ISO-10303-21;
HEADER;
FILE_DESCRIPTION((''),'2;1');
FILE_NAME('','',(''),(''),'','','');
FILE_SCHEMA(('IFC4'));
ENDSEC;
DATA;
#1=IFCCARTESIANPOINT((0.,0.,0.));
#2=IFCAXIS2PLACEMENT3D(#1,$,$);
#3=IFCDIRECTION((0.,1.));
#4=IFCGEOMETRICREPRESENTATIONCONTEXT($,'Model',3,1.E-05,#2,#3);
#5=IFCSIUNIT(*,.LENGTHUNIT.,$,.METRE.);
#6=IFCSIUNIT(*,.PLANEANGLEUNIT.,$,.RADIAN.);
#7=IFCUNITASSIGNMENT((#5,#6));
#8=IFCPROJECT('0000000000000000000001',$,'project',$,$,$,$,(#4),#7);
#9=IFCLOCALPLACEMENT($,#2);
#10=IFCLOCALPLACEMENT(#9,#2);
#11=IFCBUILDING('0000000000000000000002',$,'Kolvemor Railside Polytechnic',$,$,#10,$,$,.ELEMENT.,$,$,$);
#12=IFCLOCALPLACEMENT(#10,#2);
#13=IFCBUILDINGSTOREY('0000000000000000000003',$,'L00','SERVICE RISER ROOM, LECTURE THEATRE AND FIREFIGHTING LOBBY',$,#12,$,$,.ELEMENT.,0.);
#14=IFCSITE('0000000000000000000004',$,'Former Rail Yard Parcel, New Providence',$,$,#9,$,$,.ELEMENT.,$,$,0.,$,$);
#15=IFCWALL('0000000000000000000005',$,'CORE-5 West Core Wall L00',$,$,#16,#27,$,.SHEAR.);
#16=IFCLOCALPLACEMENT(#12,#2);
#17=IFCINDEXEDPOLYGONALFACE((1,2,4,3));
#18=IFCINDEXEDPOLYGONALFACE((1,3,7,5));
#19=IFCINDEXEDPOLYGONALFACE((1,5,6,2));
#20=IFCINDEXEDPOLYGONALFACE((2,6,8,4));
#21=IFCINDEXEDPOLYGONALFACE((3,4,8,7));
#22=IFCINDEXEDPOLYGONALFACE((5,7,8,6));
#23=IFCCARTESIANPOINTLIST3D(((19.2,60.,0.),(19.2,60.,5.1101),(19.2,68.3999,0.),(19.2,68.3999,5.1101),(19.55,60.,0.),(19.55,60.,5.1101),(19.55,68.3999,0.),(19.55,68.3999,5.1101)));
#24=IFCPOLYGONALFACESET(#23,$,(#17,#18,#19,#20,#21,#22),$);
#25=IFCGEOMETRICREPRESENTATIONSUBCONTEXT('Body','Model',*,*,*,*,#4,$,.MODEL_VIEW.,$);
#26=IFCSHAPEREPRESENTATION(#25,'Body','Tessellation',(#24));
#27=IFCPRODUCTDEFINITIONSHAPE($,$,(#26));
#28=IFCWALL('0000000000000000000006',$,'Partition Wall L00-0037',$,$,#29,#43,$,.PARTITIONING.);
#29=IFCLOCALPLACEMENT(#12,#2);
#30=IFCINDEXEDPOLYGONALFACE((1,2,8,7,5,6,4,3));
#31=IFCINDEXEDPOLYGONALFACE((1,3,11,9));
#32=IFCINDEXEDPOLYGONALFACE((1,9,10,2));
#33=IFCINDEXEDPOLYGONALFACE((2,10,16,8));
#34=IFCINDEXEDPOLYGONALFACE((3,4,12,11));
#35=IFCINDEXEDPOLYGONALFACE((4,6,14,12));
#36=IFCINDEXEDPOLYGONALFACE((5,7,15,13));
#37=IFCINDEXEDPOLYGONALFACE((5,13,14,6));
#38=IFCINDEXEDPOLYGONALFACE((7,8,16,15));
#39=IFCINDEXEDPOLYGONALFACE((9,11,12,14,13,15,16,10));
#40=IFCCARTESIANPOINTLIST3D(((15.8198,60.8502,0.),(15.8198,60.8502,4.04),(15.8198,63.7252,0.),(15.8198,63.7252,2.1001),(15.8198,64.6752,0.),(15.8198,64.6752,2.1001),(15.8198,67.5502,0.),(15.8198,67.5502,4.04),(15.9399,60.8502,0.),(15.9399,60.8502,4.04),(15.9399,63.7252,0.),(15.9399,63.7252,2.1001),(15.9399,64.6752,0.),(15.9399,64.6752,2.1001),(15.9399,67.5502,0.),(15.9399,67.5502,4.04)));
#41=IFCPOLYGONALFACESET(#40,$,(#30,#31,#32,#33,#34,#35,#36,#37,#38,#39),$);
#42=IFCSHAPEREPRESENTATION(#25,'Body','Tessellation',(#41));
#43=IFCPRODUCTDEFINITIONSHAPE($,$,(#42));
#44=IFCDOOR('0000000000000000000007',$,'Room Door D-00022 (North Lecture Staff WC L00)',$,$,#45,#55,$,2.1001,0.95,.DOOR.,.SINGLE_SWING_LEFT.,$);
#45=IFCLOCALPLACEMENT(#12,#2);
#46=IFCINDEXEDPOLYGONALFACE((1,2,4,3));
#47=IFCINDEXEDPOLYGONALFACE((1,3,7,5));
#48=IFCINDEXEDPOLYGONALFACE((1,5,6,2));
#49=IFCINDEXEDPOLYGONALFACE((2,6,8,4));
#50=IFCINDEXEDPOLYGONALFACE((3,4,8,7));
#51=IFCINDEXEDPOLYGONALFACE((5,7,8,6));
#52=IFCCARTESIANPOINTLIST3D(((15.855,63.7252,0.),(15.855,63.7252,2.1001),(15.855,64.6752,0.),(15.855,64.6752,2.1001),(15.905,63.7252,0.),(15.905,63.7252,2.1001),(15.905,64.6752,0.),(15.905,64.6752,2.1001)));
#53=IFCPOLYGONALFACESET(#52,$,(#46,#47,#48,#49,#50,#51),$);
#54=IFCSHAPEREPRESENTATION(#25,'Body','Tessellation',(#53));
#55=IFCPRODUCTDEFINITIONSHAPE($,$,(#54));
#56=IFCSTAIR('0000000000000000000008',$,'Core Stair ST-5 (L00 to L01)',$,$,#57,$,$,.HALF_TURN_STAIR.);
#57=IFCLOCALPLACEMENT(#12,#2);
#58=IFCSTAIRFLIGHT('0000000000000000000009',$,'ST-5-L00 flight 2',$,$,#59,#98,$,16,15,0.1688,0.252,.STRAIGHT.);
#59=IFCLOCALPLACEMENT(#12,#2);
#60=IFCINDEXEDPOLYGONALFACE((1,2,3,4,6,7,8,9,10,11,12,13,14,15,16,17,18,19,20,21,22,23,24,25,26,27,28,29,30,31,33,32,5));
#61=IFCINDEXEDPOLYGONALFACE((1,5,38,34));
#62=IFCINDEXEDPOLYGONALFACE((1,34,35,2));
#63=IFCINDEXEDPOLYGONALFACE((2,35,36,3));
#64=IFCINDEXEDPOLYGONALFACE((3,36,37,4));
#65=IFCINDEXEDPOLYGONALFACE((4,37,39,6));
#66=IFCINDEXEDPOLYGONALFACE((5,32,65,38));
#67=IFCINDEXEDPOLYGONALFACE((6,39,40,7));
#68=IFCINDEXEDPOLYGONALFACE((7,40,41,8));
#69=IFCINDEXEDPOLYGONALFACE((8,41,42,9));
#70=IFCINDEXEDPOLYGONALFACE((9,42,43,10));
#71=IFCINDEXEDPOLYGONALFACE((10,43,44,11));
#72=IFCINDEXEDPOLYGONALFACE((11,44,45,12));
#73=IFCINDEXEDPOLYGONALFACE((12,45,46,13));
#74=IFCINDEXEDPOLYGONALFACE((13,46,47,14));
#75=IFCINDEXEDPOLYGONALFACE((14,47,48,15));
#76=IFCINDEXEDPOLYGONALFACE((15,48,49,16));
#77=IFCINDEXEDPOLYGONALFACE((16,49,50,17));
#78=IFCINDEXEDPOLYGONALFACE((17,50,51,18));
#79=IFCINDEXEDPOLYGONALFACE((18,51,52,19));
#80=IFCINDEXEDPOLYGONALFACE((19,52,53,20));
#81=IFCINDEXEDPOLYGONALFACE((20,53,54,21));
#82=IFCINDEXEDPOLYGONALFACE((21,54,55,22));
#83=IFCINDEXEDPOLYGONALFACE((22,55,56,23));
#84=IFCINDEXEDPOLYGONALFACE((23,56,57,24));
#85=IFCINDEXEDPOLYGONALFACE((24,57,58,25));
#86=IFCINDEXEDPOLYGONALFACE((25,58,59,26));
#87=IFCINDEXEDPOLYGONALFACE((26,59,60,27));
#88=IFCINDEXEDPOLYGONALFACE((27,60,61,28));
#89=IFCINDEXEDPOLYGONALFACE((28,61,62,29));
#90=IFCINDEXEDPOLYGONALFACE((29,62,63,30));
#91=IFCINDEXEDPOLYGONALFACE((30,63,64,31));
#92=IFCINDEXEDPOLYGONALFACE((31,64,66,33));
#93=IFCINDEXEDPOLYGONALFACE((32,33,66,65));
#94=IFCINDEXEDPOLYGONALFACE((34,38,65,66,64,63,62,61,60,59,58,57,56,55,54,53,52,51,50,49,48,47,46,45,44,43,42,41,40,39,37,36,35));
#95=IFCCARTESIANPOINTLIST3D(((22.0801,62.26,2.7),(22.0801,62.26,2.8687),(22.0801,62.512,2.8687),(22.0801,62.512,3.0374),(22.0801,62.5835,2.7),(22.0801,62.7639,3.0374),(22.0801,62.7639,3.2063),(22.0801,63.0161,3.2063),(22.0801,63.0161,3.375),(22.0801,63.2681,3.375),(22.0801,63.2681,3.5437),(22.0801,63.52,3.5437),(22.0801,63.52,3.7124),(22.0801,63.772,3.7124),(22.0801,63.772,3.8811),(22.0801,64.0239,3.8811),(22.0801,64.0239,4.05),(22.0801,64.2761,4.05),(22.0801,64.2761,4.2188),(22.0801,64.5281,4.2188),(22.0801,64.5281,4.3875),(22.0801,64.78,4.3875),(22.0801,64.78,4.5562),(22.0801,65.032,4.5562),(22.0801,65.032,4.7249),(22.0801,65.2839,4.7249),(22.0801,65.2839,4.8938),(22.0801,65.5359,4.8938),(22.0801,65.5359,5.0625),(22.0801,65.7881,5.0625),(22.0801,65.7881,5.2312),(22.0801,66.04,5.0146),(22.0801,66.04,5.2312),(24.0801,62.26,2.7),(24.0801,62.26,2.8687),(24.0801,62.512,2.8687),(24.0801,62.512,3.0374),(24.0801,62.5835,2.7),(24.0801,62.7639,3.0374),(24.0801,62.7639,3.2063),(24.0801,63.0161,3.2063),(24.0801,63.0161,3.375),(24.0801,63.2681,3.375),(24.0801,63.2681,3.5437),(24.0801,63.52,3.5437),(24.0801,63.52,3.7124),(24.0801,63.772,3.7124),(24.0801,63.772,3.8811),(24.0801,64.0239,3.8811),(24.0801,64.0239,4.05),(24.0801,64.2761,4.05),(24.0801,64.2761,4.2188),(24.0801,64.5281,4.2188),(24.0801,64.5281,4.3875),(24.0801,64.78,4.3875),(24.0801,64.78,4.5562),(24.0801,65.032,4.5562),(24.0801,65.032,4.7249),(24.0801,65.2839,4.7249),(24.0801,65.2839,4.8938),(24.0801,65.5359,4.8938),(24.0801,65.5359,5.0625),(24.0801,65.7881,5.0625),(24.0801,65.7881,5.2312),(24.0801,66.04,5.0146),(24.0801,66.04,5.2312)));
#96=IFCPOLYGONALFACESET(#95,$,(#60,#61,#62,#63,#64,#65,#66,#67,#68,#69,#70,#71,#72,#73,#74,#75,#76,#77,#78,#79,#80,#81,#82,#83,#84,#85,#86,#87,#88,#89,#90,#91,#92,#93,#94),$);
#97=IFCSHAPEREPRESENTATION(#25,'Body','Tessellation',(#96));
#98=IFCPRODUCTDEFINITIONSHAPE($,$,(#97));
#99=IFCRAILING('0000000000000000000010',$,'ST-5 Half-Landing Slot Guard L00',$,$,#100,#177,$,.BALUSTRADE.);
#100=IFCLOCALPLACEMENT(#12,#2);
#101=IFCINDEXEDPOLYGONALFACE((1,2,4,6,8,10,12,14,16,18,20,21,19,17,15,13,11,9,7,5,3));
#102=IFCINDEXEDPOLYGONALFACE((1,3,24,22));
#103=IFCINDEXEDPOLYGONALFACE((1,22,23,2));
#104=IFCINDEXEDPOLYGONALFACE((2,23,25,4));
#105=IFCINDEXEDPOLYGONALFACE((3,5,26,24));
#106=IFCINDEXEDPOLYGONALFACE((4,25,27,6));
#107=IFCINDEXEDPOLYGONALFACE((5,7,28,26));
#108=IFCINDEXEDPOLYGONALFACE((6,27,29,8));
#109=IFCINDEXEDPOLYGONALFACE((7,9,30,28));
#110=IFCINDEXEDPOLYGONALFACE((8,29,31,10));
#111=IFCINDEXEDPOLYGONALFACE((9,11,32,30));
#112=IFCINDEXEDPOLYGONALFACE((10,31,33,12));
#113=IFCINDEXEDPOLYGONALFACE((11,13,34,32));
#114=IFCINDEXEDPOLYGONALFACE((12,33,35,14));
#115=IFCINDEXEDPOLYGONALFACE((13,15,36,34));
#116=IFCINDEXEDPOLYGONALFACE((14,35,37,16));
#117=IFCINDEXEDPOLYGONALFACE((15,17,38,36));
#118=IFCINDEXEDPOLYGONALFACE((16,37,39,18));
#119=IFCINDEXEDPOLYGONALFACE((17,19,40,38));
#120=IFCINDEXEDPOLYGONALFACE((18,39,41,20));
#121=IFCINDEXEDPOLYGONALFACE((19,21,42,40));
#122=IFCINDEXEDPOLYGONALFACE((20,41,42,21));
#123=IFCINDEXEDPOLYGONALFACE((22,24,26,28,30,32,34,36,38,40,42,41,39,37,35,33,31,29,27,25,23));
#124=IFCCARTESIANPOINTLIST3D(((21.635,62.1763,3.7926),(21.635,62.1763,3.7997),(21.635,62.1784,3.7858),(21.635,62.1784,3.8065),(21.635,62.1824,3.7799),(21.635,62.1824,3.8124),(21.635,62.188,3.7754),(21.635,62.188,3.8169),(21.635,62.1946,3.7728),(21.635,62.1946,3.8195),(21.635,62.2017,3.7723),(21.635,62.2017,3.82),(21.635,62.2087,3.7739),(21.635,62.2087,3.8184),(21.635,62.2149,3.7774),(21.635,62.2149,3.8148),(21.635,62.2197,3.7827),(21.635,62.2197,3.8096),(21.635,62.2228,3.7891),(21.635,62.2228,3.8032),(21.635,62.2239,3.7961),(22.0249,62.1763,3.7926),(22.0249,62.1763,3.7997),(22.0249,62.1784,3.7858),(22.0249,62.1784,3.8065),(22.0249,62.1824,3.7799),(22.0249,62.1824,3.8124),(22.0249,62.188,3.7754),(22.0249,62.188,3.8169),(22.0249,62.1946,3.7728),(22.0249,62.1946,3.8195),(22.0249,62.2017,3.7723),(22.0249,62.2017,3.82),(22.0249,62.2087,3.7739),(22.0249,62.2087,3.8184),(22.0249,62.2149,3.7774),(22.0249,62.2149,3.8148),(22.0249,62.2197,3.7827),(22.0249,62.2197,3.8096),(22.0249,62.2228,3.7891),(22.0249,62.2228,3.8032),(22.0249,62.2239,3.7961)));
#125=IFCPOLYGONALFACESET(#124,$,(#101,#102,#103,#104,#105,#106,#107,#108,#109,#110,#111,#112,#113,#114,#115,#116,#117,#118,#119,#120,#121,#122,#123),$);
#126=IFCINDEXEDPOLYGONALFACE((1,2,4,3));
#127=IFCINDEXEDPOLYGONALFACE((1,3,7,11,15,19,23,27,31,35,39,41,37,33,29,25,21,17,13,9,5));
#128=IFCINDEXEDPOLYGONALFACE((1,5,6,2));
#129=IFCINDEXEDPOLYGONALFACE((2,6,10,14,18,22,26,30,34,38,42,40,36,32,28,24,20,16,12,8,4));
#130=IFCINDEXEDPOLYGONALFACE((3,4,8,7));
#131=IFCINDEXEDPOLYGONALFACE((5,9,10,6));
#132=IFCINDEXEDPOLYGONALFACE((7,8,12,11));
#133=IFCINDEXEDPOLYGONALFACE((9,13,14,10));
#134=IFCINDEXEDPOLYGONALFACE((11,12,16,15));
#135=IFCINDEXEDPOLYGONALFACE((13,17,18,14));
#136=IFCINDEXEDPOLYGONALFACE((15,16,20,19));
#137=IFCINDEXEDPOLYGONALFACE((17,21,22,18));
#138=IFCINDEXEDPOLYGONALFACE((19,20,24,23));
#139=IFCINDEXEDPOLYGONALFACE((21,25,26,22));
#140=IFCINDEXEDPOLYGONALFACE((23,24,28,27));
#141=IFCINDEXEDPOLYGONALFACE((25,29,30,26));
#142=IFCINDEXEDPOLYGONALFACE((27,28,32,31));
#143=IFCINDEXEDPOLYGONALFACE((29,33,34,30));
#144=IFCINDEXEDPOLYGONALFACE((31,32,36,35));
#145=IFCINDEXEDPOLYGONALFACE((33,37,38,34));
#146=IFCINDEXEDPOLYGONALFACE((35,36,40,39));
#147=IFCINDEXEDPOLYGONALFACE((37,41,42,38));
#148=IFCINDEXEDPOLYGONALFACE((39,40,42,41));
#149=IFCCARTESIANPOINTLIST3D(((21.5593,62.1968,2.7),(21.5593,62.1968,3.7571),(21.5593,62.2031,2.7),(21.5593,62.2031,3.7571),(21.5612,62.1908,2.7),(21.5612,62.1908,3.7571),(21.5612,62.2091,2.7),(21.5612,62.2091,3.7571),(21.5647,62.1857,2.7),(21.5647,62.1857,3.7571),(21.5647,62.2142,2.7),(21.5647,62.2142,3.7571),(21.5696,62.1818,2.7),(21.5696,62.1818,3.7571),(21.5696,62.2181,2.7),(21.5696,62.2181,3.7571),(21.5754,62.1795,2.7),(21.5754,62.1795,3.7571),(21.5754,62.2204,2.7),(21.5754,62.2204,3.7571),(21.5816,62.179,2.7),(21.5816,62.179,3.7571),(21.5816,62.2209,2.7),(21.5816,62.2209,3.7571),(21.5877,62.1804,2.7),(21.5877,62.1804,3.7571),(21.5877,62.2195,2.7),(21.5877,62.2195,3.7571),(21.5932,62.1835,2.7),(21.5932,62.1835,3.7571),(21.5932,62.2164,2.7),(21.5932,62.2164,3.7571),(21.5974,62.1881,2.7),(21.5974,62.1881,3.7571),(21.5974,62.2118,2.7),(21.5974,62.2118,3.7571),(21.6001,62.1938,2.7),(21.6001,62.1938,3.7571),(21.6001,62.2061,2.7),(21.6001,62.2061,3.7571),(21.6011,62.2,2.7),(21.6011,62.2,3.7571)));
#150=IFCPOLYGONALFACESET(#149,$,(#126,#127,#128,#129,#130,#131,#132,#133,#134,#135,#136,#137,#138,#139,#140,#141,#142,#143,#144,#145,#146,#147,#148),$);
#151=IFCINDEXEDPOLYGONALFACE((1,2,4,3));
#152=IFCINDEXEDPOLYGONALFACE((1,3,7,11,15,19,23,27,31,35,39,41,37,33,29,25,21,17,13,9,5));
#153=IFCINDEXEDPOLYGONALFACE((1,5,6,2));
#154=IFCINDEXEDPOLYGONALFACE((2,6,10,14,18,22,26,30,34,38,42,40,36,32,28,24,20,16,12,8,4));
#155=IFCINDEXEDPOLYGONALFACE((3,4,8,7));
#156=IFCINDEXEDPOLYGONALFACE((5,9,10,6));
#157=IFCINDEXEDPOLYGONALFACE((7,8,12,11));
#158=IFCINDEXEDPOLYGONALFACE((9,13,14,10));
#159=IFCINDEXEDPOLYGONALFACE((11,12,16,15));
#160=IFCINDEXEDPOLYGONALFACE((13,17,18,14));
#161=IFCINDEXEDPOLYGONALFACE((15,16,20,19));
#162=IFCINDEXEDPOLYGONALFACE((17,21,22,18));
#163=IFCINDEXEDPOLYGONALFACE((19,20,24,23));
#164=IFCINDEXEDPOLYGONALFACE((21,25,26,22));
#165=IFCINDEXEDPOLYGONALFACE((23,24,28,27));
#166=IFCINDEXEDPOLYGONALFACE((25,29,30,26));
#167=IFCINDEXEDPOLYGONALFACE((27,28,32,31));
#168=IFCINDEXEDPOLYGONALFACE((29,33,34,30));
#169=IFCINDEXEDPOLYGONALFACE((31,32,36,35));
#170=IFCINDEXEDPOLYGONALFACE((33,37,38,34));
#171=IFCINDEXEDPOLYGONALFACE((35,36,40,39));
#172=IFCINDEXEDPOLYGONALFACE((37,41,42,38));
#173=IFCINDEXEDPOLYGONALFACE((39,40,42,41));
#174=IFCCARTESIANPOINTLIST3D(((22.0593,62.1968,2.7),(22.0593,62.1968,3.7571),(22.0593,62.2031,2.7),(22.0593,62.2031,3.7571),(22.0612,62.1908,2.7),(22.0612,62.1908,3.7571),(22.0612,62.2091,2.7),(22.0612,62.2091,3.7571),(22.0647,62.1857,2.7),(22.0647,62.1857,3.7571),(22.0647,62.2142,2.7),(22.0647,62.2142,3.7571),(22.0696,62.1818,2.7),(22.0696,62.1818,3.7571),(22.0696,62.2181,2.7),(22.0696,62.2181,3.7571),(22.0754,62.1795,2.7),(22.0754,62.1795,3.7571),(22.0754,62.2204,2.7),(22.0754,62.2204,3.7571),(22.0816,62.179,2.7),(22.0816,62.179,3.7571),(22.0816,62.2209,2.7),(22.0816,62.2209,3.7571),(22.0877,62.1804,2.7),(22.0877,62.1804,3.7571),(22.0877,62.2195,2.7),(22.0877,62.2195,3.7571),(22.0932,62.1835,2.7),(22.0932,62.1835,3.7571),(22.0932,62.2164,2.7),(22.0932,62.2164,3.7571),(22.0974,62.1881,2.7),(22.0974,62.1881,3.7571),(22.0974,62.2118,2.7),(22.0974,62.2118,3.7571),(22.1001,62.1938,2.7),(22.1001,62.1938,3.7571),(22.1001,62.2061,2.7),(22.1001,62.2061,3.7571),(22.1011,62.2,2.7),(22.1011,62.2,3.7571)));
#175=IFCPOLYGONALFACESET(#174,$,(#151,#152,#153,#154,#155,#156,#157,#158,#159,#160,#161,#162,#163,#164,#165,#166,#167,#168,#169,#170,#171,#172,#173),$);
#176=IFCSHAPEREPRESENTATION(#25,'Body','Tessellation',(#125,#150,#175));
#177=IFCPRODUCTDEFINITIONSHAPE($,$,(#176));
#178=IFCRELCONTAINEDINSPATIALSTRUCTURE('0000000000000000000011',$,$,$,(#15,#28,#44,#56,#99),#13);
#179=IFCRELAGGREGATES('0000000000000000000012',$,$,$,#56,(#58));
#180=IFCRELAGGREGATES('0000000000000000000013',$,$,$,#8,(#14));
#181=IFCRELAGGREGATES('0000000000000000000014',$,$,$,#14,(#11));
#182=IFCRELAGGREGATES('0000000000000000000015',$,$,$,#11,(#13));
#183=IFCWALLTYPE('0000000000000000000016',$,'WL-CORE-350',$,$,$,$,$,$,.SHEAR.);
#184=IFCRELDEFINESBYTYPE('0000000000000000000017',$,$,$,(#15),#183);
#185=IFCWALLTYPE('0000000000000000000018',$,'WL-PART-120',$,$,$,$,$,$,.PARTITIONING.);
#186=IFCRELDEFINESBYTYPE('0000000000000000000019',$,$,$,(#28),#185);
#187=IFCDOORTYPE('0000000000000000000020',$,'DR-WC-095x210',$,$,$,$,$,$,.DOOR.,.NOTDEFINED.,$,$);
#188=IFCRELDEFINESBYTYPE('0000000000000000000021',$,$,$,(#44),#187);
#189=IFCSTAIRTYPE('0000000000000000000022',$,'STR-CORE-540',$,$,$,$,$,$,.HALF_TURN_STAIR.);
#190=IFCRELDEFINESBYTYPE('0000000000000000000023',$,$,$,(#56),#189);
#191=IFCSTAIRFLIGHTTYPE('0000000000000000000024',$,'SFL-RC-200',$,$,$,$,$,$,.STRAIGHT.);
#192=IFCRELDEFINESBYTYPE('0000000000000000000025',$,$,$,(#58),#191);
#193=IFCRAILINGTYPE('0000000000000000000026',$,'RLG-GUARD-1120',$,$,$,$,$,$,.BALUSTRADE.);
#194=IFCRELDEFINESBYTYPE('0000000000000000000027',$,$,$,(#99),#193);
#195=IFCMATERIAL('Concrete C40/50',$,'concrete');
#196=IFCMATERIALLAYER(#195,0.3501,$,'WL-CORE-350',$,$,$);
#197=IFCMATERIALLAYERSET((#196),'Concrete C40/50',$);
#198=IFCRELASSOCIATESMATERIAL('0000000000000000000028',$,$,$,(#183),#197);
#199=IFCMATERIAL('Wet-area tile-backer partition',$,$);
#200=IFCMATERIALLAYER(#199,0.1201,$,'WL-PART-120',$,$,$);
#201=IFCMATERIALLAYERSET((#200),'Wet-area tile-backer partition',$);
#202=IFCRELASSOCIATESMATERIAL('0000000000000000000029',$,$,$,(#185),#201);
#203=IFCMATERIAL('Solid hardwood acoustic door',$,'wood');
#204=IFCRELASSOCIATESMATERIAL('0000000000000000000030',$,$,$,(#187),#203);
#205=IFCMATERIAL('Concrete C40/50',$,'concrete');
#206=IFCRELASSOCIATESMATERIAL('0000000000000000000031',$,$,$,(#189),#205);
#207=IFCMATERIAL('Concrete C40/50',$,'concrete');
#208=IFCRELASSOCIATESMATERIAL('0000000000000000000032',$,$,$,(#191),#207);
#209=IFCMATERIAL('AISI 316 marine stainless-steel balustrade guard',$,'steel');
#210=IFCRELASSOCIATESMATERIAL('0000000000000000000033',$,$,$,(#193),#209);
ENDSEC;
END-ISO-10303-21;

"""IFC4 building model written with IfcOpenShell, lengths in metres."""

from ifc_helpers import new_model, si_unit, direction, frame, frame_2d, origin, origin_2d, place, context, subcontext, project, spatial, polyline, rectangle, circle, outline, extrude, material, layer, layer_set, type_object, element, fill, aggregate, save


model = new_model("IFC4")

# Units and contexts
model_context = context("Model", 3, precision=1e-05, world=origin(), true_north=direction((0.0, 1.0)))
body_context = subcontext(model_context, "Body", "Model", "MODEL_VIEW")
ifc_project = project(units=[si_unit("LENGTHUNIT", "METRE"), si_unit("PLANEANGLEUNIT", "RADIAN")], contexts=[model_context])

# Site, building, storey
site_placement = place(None, origin())
site = spatial("IfcSite", under=ifc_project, at=site_placement, Name="Former Rail Yard Parcel, New Providence", CompositionType="ELEMENT", RefElevation=0.0)
building_placement = place(site_placement, origin())
building = spatial("IfcBuilding", under=site, at=building_placement, Name="Kolvemor Railside Polytechnic", CompositionType="ELEMENT")
storey_placement = place(building_placement, origin())
storey = spatial("IfcBuildingStorey", under=building, at=storey_placement, Name="L00", Description="SERVICE RISER ROOM, LECTURE THEATRE AND FIREFIGHTING LOBBY", CompositionType="ELEMENT", Elevation=0.0)

# Wall
ifc_material_1 = material(Name="Concrete C40/50", Category="concrete")
ifc_layer_1 = layer(ifc_material_1, 0.3501, Name="WL-CORE-350")
ifc_layer_set_1 = layer_set([ifc_layer_1], Name="Concrete C40/50")
wall_type_1 = type_object("IfcWallType", Name="WL-CORE-350", PredefinedType="SHEAR", material=ifc_layer_set_1)
wall_1_placement = place(storey_placement, frame((19.375, 60.0, 0.0), z_axis=(0.0, 0.0, 1.0), x_axis=(0.0, 1.0, 0.0)))
element("IfcWall", 1, at=wall_1_placement, inside=storey, type_object=wall_type_1, Name="CORE-5 West Core Wall L00", PredefinedType="SHEAR", context=body_context, shape_type="SweptSolid", body=[
    extrude(rectangle(XDim=8.3999, YDim=0.3501, at=frame_2d((4.2, 0.0))), origin(), (0.0, 0.0, 1.0), 5.1101),
])

# Wall, opening, door
ifc_material_2 = material(Name="Wet-area tile-backer partition")
ifc_layer_2 = layer(ifc_material_2, 0.1201, Name="WL-PART-120")
ifc_layer_set_2 = layer_set([ifc_layer_2], Name="Wet-area tile-backer partition")
wall_type_2 = type_object("IfcWallType", Name="WL-PART-120", PredefinedType="PARTITIONING", material=ifc_layer_set_2)
wall_2_placement = place(storey_placement, frame((15.8799, 60.8501, 0.0), z_axis=(0.0, 0.0, 1.0), x_axis=(0.0, 1.0, 0.0)))
wall_2 = element("IfcWall", 2, at=wall_2_placement, inside=storey, type_object=wall_type_2, Name="Partition Wall L00-0037", PredefinedType="PARTITIONING", context=body_context, shape_type="SweptSolid", body=[
    extrude(rectangle(XDim=6.7, YDim=0.1201, at=frame_2d((3.3501, 0.0))), origin(), (0.0, 0.0, 1.0), 4.04),
])
opening_1_placement = place(wall_2_placement, frame((2.875, 0.0, 0.0)))
opening_1 = element("IfcOpeningElement", 3, at=opening_1_placement, cuts=wall_2, PredefinedType="OPENING", context=body_context, shape_type="SweptSolid", body=[
    extrude(rectangle(XDim=0.95, YDim=2.1001, at=frame_2d((0.4751, 1.05))), frame((0.0, 0.0701, 0.0), z_axis=(0.0, -1.0, 0.0), x_axis=(1.0, 0.0, 0.0)), (0.0, 0.0, 1.0), 0.1401),
])
ifc_material_3 = material(Name="Solid hardwood acoustic door", Category="wood")
door_type_1 = type_object("IfcDoorType", Name="DR-WC-095x210", OperationType="NOTDEFINED", PredefinedType="DOOR", material=ifc_material_3)
door_1_placement = place(opening_1_placement, origin())
door_1 = element("IfcDoor", 4, at=door_1_placement, inside=storey, type_object=door_type_1, Name="Room Door D-00022 (North Lecture Staff WC L00)", OperationType="SINGLE_SWING_LEFT", OverallHeight=2.1001, OverallWidth=0.95, PredefinedType="DOOR", context=body_context, shape_type="SweptSolid", body=[
    extrude(rectangle(XDim=0.95, YDim=2.1001, at=frame_2d((0.4751, 1.05))), frame((0.0, 0.0249, 0.0), z_axis=(0.0, -1.0, 0.0), x_axis=(1.0, 0.0, 0.0)), (0.0, 0.0, 1.0), 0.05),
])
fill(opening_1, door_1)

# Stair, stair flight
ifc_material_4 = material(Name="Concrete C40/50", Category="concrete")
stair_type = type_object("IfcStairType", Name="STR-CORE-540", PredefinedType="HALF_TURN_STAIR", material=ifc_material_4)
stair_placement = place(storey_placement, origin())
stair = element("IfcStair", 5, at=stair_placement, inside=storey, type_object=stair_type, Name="Core Stair ST-5 (L00 to L01)", PredefinedType="HALF_TURN_STAIR")
ifc_material_5 = material(Name="Concrete C40/50", Category="concrete")
stair_flight_type = type_object("IfcStairFlightType", Name="SFL-RC-200", PredefinedType="STRAIGHT", material=ifc_material_5)
stair_flight_placement = place(storey_placement, frame((23.0801, 62.26, 2.7), z_axis=(0.0, 0.0, 1.0), x_axis=(0.0, 1.0, 0.0)))
stair_flight = element("IfcStairFlight", 6, at=stair_flight_placement, type_object=stair_flight_type, Name="ST-5-L00 flight 2", NumberOfRisers=16, NumberOfTreads=15, PredefinedType="STRAIGHT", RiserHeight=0.1688, TreadLength=0.252, context=body_context, shape_type="SweptSolid", body=[
    extrude(outline(polyline([(0.0, 0.0), (0.0, 0.1687), (0.252, 0.1687), (0.252, 0.3374), (0.5039, 0.3374), (0.5039, 0.5063), (0.7561, 0.5063), (0.7561, 0.675), (1.0081, 0.675), (1.0081, 0.8438), (1.26, 0.8438), (1.26, 1.0125), (1.512, 1.0125), (1.512, 1.1812), (1.7639, 1.1812), (1.7639, 1.3501), (2.0161, 1.3501), (2.0161, 1.5188), (2.2681, 1.5188), (2.2681, 1.6875), (2.52, 1.6875), (2.52, 1.8562), (2.772, 1.8562), (2.772, 2.0249), (3.0239, 2.0249), (3.0239, 2.1938), (3.2759, 2.1938), (3.2759, 2.3625), (3.5281, 2.3625), (3.5281, 2.5312), (3.78, 2.5312), (3.78, 2.7), (3.78, 2.3147), (0.3235, 0.0), (0.0, 0.0)])), frame((0.0, 1.0, 0.0), z_axis=(0.0, -1.0, 0.0), x_axis=(1.0, 0.0, 0.0)), (0.0, 0.0, 1.0), 2.0),
])
aggregate(stair, [stair_flight])

# Railing
ifc_material_6 = material(Name="AISI 316 marine stainless-steel balustrade guard", Category="steel")
railing_type_1 = type_object("IfcRailingType", Name="RLG-GUARD-1120", PredefinedType="BALUSTRADE", material=ifc_material_6)
railing_1_placement = place(storey_placement, frame((21.5801, 62.2, 2.7)))
element("IfcRailing", 7, at=railing_1_placement, inside=storey, type_object=railing_type_1, Name="ST-5 Half-Landing Slot Guard L00", PredefinedType="BALUSTRADE", context=body_context, shape_type="SweptSolid", body=[
    extrude(circle(Radius=0.0239, at=origin_2d()), frame((0.0549, 0.0, 1.0962), z_axis=(1.0, 0.0, 0.0), x_axis=(0.0, 1.0, 0.0)), (0.0, 0.0, 1.0), 0.3899),
    extrude(circle(Radius=0.021, at=origin_2d()), origin(), (0.0, 0.0, 1.0), 1.0571),
    extrude(circle(Radius=0.021, at=origin_2d()), frame((0.5, 0.0, 0.0)), (0.0, 0.0, 1.0), 1.0571),
])

save(model, "model.ifc")
